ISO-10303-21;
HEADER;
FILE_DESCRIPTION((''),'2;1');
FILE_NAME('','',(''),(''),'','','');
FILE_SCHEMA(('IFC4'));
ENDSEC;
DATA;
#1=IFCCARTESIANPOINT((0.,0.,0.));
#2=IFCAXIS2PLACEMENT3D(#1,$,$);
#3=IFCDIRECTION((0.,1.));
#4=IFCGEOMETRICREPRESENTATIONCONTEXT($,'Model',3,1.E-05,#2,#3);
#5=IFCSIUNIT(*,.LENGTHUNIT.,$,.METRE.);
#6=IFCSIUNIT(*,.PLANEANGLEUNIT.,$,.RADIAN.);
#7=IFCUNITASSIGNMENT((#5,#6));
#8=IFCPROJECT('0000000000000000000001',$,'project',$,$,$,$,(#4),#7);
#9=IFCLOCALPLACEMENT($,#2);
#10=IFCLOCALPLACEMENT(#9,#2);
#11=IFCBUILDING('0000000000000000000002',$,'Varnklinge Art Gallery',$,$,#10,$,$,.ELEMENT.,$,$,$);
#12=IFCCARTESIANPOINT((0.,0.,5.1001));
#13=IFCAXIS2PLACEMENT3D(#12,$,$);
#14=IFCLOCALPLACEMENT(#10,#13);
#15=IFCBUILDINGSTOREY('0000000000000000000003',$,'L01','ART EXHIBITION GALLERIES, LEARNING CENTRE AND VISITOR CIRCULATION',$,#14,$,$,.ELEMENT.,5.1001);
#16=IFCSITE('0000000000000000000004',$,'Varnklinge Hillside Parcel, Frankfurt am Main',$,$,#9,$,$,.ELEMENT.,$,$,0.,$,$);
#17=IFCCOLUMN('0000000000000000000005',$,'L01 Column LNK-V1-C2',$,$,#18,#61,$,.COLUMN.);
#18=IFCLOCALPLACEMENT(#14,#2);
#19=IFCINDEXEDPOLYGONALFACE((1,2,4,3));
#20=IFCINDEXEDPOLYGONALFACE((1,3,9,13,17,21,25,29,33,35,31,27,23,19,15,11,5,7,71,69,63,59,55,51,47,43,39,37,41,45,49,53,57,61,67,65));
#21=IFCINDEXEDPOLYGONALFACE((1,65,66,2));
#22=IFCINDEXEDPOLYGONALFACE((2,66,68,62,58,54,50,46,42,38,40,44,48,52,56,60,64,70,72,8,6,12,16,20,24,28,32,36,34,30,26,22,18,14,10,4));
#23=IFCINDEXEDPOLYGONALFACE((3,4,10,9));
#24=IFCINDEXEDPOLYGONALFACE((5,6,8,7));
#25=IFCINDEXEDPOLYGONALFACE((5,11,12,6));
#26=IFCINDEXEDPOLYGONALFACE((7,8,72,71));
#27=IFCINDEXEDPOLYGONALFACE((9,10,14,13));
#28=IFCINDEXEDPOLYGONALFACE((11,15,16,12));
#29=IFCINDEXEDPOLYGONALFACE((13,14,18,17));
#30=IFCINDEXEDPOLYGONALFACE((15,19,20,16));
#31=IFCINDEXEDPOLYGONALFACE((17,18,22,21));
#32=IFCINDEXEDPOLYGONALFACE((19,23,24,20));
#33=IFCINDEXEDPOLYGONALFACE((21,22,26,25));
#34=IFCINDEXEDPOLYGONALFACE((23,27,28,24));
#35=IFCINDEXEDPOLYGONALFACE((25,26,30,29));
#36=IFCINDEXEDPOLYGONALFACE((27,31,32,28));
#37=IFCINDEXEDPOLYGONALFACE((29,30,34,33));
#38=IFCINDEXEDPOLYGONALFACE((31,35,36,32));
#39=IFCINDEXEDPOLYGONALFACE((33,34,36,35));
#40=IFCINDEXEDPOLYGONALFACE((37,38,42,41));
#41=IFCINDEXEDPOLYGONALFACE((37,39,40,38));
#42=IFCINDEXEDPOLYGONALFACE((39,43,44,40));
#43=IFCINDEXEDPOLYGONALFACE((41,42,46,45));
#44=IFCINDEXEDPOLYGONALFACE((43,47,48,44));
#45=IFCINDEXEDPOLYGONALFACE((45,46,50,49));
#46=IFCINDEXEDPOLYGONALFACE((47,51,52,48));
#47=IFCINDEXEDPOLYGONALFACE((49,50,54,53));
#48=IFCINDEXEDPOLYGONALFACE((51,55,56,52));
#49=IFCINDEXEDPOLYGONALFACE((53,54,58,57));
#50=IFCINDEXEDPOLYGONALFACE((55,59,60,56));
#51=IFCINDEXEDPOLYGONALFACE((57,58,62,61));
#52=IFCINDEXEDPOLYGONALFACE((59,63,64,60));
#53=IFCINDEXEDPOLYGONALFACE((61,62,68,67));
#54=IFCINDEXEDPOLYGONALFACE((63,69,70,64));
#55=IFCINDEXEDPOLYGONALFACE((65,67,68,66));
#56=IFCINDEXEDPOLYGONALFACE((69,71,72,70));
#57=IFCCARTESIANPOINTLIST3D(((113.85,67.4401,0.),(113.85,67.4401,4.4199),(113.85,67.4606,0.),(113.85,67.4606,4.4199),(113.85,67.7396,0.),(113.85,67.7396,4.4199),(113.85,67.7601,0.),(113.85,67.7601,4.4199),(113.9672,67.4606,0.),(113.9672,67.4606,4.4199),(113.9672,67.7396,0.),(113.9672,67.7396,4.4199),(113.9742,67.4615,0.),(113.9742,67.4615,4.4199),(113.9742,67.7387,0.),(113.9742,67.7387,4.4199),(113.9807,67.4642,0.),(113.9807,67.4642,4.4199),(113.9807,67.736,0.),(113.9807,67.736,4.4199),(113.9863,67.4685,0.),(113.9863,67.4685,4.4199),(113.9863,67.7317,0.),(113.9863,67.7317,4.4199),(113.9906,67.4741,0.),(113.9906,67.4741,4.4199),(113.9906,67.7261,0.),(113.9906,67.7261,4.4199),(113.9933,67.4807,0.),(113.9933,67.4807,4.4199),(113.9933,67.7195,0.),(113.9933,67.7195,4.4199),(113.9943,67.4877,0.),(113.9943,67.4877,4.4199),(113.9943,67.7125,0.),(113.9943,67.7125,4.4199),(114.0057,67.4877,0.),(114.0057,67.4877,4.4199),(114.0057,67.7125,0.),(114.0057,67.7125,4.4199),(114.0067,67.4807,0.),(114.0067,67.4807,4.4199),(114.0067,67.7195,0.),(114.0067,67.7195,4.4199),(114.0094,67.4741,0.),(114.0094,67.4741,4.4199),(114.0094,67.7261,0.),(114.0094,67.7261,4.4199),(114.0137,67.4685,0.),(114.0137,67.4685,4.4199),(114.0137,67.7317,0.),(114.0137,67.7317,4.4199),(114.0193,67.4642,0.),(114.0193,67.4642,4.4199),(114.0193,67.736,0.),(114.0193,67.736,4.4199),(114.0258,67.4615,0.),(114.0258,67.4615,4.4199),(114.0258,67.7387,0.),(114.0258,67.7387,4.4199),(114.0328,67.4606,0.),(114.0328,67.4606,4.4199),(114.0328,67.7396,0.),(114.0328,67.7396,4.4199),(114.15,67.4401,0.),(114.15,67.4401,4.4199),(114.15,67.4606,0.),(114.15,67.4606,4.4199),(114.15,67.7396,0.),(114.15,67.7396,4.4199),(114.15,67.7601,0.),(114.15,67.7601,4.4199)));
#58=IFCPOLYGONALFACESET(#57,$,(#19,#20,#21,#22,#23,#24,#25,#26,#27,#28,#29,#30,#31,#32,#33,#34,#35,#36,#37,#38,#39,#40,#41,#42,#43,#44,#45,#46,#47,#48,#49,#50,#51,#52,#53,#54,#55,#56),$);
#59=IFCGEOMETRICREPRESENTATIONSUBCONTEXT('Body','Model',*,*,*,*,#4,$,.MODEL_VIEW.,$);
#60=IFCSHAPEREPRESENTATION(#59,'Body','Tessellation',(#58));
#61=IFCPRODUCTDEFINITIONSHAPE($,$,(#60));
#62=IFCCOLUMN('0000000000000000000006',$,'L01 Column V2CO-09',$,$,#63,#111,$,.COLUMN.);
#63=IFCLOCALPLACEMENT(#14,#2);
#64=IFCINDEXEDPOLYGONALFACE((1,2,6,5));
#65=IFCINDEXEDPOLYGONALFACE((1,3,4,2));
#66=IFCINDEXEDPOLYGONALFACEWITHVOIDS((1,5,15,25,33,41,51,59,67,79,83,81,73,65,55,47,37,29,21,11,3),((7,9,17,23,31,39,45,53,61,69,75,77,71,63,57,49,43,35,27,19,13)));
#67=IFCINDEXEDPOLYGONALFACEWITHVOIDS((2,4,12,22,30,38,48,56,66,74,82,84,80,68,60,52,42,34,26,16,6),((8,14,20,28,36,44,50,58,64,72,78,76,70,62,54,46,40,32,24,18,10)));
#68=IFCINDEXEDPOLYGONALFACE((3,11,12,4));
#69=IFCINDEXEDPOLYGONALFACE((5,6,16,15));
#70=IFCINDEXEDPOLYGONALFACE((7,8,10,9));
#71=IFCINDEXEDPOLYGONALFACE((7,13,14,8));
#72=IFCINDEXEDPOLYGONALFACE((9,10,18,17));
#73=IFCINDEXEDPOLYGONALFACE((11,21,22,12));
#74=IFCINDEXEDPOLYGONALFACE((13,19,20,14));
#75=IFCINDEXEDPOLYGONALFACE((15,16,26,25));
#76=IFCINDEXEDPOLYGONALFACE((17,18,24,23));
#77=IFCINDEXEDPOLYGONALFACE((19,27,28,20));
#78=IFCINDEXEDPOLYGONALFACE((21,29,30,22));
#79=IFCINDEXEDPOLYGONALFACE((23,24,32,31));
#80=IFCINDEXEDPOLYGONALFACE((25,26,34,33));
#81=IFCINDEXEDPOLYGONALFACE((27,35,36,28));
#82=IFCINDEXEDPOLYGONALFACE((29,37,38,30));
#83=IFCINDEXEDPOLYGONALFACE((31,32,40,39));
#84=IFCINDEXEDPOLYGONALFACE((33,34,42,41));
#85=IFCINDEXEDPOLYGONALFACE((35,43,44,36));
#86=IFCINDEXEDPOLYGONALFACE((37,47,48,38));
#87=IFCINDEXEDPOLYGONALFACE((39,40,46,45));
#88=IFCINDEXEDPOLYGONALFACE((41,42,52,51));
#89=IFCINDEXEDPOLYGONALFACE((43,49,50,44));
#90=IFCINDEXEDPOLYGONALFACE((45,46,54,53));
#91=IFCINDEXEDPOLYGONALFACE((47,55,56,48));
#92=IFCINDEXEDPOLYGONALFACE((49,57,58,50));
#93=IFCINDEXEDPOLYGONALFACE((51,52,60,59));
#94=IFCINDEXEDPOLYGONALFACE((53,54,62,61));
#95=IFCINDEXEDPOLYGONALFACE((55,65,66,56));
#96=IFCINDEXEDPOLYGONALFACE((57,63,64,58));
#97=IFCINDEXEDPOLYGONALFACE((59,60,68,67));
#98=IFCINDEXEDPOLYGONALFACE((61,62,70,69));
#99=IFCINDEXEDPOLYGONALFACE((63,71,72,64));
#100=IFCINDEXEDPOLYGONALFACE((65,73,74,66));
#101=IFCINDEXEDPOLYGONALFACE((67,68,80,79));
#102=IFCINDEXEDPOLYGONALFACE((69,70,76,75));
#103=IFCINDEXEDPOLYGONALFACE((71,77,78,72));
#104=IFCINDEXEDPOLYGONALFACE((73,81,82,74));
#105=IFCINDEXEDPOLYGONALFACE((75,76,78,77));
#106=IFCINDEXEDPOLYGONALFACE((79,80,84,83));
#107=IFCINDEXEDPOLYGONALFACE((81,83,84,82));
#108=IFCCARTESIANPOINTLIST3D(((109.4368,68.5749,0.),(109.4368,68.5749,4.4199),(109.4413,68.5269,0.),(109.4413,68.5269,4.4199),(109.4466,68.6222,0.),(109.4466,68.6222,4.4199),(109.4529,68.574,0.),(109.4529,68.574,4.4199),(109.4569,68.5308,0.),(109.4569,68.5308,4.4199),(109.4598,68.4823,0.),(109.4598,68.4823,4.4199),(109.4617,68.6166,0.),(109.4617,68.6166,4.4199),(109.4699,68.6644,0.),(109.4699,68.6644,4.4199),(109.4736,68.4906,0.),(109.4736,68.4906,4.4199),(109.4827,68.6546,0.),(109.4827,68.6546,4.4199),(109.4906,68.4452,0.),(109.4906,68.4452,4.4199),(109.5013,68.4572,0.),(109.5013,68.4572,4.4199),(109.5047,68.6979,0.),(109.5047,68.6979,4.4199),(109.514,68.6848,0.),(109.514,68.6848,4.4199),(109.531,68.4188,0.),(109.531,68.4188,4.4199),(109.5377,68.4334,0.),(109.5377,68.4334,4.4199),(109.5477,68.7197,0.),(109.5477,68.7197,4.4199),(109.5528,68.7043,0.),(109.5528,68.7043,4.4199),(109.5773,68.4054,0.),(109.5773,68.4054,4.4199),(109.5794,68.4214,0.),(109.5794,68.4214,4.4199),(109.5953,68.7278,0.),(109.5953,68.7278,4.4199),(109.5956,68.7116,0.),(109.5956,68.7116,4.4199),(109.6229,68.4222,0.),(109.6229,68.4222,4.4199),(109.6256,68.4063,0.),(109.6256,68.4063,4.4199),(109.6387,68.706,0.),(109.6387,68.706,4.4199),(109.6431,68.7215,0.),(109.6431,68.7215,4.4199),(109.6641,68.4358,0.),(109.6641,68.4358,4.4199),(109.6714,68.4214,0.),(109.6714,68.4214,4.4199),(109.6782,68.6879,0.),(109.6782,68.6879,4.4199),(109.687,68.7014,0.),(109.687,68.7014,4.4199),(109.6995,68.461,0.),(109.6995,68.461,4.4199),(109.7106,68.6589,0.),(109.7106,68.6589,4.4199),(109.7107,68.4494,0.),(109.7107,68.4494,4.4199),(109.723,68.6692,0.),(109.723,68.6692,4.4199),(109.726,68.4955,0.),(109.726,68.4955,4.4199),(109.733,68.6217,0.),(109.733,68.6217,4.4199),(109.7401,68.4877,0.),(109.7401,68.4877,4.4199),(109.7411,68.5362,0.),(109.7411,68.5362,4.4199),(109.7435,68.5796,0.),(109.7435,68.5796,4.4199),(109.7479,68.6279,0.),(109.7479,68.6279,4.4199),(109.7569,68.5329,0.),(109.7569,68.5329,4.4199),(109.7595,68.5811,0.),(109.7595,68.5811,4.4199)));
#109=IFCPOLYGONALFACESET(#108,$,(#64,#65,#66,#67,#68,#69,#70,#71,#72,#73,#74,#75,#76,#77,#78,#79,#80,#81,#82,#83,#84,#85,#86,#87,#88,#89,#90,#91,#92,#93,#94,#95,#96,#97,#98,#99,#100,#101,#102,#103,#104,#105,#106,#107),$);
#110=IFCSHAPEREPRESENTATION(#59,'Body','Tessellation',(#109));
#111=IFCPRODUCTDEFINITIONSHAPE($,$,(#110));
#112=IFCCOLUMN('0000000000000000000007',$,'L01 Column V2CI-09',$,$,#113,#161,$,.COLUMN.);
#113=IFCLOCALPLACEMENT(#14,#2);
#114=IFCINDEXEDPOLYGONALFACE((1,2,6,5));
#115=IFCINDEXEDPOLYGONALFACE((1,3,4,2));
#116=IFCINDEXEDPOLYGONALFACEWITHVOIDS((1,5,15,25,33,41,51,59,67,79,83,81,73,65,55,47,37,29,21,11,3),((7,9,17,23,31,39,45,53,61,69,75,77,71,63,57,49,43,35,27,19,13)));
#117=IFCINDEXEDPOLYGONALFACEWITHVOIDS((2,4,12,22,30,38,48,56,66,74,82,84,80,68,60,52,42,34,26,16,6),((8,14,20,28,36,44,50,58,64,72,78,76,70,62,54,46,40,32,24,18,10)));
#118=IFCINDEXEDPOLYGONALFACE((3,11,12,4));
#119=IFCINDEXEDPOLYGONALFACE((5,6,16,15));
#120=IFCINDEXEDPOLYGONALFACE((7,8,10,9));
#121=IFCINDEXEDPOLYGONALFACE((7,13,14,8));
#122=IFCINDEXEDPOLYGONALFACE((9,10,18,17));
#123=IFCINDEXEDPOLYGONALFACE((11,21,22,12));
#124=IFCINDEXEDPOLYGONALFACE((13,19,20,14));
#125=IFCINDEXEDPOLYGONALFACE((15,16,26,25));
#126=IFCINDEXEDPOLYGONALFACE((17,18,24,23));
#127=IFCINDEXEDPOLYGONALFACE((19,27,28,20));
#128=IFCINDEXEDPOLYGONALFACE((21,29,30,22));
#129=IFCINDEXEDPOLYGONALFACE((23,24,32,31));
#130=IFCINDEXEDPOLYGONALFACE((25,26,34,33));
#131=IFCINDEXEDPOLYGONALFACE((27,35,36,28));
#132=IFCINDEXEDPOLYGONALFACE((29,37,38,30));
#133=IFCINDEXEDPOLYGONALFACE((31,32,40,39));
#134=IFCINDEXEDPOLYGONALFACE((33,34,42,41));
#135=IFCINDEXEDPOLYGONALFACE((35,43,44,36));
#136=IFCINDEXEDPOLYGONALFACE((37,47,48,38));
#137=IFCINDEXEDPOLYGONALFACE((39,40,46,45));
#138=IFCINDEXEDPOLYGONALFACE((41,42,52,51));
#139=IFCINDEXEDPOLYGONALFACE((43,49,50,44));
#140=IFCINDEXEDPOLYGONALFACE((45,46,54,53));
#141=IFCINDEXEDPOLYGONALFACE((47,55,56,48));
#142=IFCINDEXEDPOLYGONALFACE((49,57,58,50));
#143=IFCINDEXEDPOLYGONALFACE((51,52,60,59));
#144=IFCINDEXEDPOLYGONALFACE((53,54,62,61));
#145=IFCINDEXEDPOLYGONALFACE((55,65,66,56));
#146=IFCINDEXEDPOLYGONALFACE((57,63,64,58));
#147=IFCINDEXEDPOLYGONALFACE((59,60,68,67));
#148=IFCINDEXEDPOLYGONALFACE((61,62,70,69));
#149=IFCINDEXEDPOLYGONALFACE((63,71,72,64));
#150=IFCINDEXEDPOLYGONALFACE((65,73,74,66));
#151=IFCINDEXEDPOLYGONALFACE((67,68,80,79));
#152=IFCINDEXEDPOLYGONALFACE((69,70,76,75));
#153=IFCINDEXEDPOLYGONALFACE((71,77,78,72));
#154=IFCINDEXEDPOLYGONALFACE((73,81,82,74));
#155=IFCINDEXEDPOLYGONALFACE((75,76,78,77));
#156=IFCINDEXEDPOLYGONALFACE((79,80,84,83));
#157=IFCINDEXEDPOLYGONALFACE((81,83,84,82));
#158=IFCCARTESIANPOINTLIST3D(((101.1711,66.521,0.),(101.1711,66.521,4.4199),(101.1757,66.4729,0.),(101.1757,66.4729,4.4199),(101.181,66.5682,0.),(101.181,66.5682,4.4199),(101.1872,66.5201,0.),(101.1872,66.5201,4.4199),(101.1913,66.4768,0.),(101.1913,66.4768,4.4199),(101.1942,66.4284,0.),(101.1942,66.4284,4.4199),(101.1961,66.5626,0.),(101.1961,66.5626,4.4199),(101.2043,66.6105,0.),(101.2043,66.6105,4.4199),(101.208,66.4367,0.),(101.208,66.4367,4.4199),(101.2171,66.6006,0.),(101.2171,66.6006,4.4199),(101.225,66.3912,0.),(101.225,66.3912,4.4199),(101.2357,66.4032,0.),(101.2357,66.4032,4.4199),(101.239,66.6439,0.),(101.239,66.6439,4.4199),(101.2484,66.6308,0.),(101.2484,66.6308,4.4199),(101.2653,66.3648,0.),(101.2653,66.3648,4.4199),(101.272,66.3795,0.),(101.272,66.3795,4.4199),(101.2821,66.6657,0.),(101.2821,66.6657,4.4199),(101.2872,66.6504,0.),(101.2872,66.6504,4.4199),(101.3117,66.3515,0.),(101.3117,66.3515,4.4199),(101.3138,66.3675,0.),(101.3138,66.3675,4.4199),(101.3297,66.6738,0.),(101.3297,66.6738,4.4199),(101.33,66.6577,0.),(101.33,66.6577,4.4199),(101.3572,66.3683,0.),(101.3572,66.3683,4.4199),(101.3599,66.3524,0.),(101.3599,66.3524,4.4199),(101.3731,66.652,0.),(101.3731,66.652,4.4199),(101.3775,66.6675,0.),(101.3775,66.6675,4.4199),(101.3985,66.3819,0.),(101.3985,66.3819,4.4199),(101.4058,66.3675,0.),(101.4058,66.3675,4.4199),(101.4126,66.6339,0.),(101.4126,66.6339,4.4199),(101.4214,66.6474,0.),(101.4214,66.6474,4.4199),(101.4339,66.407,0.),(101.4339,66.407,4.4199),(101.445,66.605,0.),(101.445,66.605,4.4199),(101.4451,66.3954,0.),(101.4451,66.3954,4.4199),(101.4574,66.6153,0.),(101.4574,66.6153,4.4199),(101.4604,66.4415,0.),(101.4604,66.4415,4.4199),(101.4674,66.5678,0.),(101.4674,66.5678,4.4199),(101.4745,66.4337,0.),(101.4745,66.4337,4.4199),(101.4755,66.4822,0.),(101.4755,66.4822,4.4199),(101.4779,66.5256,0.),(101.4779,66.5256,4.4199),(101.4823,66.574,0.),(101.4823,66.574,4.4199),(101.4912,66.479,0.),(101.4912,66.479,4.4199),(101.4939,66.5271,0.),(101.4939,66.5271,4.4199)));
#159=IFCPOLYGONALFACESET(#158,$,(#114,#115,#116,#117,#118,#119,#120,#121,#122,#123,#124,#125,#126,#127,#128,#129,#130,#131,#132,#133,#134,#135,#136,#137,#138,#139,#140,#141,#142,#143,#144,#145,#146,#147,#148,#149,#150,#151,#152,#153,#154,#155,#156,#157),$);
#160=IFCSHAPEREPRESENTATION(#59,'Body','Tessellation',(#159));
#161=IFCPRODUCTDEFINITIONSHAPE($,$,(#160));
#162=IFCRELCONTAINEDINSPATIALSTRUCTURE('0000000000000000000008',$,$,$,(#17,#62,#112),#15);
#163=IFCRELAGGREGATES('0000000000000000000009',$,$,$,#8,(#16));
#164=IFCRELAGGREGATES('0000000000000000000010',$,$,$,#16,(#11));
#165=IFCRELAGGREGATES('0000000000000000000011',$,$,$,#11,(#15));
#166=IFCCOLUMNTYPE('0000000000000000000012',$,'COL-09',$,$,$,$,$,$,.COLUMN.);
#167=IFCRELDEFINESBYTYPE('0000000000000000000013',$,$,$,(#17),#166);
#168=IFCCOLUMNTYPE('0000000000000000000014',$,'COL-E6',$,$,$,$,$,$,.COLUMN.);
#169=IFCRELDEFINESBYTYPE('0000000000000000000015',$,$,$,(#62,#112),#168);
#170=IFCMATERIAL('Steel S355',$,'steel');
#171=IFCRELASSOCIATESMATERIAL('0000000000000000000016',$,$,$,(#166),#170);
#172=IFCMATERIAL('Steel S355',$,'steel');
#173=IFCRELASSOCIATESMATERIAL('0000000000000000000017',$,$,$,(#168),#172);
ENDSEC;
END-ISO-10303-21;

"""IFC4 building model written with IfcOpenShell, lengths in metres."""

from ifc_helpers import new_model, si_unit, direction, frame, origin, origin_2d, place, context, subcontext, project, spatial, hollow_circle, i_section, extrude, material, material_profile, profile_set, type_object, element, save


model = new_model("IFC4")

# Units and contexts
model_context = context("Model", 3, precision=1e-05, world=origin(), true_north=direction((0.0, 1.0)))
body_context = subcontext(model_context, "Body", "Model", "MODEL_VIEW")
ifc_project = project(units=[si_unit("LENGTHUNIT", "METRE"), si_unit("PLANEANGLEUNIT", "RADIAN")], contexts=[model_context])

# Site, building, storey
site_placement = place(None, origin())
site = spatial("IfcSite", under=ifc_project, at=site_placement, Name="Varnklinge Hillside Parcel, Frankfurt am Main", CompositionType="ELEMENT", RefElevation=0.0)
building_placement = place(site_placement, origin())
building = spatial("IfcBuilding", under=site, at=building_placement, Name="Varnklinge Art Gallery", CompositionType="ELEMENT")
storey_placement = place(building_placement, frame((0.0, 0.0, 5.1001)))
storey = spatial("IfcBuildingStorey", under=building, at=storey_placement, Name="L01", Description="ART EXHIBITION GALLERIES, LEARNING CENTRE AND VISITOR CIRCULATION", CompositionType="ELEMENT", Elevation=5.1001)

# Columns
ifc_material_1 = material(Name="Steel S355", Category="steel")
ifc_material_profile_1 = material_profile(ifc_material_1, i_section(OverallWidth=0.3, OverallDepth=0.3201, WebThickness=0.0115, FlangeThickness=0.0205, FilletRadius=0.0271, at=origin_2d()), Name="HEB 320")
ifc_profile_set_1 = profile_set([ifc_material_profile_1], Name="Steel S355")
column_type_1 = type_object("IfcColumnType", Name="COL-09", PredefinedType="COLUMN", material=ifc_profile_set_1)
column_placement = place(storey_placement, frame((114.0, 67.6001, 0.0), z_axis=(0.0, 0.0, 1.0), x_axis=(1.0, 0.0, 0.0)))
element("IfcColumn", 1, at=column_placement, inside=storey, type_object=column_type_1, Name="L01 Column LNK-V1-C2", PredefinedType="COLUMN", context=body_context, shape_type="SweptSolid", body=[
    extrude(i_section(OverallWidth=0.3, OverallDepth=0.3201, WebThickness=0.0115, FlangeThickness=0.0205, FilletRadius=0.0271, at=origin_2d()), origin(), (0.0, 0.0, 1.0), 4.4199),
])
ifc_material_2 = material(Name="Steel S355", Category="steel")
ifc_material_profile_2 = material_profile(ifc_material_2, hollow_circle(Radius=0.1619, WallThickness=0.0161, at=origin_2d()), Name="CHS 323.9x16")
ifc_profile_set_2 = profile_set([ifc_material_profile_2], Name="Steel S355")
column_type_2 = type_object("IfcColumnType", Name="COL-E6", PredefinedType="COLUMN", material=ifc_profile_set_2)
for number, where, z_axis, x_axis, name in (
    (2, (109.5984, 68.5659, 0.0), (0.0, 0.0, 1.0), (-0.970506, -0.241075, 0.0), "L01 Column V2CO-09"),
    (3, (101.3328, 66.512, 0.0), (0.0, 0.0, 1.0), (-0.970506, -0.241075, 0.0), "L01 Column V2CI-09"),
):
    element("IfcColumn", number, at=place(storey_placement, frame(where, z_axis=z_axis, x_axis=x_axis)), inside=storey, type_object=column_type_2, Name=name, PredefinedType="COLUMN", context=body_context, shape_type="SweptSolid", body=[
        extrude(hollow_circle(Radius=0.1619, WallThickness=0.0161, at=origin_2d()), origin(), (0.0, 0.0, 1.0), 4.4199),
    ])

save(model, "model.ifc")
